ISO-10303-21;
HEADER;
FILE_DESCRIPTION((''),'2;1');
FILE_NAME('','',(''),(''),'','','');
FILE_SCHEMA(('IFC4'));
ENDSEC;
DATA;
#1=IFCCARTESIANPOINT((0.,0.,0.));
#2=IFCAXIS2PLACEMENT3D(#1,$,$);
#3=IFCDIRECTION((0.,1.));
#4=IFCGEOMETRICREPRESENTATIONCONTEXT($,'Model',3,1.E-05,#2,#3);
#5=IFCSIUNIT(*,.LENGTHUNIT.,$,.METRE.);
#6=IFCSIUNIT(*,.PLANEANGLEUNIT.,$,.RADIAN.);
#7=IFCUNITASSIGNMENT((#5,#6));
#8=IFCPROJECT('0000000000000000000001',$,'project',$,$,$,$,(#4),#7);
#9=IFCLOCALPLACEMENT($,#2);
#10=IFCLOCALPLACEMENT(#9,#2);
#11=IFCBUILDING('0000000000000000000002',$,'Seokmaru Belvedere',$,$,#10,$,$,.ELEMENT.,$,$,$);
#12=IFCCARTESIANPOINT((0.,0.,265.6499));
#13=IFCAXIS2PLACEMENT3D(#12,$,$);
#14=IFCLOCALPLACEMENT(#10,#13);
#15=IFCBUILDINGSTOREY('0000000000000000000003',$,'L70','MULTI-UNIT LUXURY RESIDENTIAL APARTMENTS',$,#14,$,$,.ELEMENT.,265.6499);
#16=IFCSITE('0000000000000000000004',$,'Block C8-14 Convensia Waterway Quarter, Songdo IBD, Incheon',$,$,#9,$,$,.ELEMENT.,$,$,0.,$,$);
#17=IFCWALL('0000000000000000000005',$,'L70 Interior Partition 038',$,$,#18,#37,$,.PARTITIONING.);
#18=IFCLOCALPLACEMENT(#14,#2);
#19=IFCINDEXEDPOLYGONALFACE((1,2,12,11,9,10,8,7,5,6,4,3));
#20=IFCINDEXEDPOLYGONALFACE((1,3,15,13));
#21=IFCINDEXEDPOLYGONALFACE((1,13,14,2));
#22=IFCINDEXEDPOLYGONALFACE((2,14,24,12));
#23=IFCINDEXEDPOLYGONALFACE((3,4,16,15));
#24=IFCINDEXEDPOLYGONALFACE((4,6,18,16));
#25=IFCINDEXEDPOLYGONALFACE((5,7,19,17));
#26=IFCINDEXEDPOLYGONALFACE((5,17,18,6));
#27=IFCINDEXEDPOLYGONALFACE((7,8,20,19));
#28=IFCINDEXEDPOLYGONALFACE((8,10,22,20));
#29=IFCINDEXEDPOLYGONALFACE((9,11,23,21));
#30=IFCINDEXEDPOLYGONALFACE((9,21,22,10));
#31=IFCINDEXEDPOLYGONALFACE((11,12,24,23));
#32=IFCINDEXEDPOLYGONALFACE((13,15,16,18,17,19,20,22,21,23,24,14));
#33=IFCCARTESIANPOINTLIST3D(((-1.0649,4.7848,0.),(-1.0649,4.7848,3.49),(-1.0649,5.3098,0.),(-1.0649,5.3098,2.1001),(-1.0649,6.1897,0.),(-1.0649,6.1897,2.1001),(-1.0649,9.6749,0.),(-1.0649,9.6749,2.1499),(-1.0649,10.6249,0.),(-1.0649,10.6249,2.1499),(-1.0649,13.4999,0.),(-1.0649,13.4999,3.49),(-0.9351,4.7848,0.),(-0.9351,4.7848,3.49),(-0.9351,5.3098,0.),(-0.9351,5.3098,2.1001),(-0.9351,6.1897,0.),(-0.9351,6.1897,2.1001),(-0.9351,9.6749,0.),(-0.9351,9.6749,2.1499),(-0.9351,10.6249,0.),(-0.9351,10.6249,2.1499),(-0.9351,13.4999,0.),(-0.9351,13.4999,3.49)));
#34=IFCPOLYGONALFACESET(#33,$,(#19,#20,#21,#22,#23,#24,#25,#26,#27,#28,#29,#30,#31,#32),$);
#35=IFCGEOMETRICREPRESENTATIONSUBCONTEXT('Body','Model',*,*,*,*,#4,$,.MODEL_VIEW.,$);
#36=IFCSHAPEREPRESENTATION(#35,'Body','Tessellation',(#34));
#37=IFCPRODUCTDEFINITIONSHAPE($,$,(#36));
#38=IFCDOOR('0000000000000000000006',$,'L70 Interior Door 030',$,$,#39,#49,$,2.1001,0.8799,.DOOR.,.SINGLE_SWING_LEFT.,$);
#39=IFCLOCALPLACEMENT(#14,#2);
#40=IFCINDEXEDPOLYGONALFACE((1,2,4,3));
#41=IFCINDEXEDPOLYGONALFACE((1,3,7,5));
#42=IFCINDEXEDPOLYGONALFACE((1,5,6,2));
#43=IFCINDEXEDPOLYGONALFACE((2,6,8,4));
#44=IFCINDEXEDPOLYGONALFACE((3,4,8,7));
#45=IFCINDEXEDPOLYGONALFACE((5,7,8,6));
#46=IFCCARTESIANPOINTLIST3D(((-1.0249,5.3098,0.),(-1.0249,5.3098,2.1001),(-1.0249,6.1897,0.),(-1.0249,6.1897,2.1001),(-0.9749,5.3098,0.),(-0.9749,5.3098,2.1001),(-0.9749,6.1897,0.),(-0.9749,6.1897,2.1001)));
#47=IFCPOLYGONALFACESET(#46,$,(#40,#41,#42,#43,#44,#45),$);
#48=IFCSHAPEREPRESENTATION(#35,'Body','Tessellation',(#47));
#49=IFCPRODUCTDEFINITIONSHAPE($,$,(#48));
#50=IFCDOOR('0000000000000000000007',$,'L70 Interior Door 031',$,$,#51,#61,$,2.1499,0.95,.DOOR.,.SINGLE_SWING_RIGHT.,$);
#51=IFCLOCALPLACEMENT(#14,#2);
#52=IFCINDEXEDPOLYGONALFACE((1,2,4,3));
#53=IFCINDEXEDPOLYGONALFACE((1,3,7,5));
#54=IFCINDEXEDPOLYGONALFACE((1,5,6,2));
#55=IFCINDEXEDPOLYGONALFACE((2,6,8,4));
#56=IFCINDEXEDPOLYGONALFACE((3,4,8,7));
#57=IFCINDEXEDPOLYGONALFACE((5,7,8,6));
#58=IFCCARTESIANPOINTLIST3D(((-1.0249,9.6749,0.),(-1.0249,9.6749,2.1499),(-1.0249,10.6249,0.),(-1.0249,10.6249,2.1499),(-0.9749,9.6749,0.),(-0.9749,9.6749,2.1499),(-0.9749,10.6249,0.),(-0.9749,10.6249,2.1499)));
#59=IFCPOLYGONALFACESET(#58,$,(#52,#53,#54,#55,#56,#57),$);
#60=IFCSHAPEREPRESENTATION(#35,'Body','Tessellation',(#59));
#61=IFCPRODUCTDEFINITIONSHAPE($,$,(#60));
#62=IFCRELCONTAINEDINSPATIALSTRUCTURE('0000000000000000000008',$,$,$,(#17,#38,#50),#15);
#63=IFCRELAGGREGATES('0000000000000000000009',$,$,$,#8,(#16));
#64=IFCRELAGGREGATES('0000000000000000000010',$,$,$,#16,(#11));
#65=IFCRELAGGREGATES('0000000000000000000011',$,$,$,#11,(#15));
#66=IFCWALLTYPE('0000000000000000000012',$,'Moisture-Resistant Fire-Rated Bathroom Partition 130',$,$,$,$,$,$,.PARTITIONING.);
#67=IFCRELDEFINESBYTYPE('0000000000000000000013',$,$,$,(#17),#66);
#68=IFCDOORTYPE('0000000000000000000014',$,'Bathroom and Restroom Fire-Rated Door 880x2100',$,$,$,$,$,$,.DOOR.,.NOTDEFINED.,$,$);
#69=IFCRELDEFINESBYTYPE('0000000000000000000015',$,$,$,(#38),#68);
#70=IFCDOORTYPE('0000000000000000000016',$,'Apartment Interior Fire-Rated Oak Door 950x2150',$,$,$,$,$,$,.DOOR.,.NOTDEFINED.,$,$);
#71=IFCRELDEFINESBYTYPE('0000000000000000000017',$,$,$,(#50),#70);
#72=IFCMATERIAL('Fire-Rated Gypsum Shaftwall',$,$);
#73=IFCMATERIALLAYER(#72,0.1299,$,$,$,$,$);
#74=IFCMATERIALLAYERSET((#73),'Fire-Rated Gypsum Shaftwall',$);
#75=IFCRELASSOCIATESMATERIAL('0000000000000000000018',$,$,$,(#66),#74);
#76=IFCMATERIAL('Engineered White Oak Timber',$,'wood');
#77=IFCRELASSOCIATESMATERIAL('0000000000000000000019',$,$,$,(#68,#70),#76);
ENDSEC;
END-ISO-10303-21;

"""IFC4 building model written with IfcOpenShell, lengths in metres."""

from ifc_helpers import new_model, si_unit, direction, frame, frame_2d, origin, place, context, subcontext, project, spatial, rectangle, extrude, source, transform, mapped, material, layer, layer_set, type_object, type_shapes, element, fill, save


model = new_model("IFC4")

# Units and contexts
model_context = context("Model", 3, precision=1e-05, world=origin(), true_north=direction((0.0, 1.0)))
body_context = subcontext(model_context, "Body", "Model", "MODEL_VIEW")
ifc_project = project(units=[si_unit("LENGTHUNIT", "METRE"), si_unit("PLANEANGLEUNIT", "RADIAN")], contexts=[model_context])

# Site, building, storey
site_placement = place(None, origin())
site = spatial("IfcSite", under=ifc_project, at=site_placement, Name="Block C8-14 Convensia Waterway Quarter, Songdo IBD, Incheon", CompositionType="ELEMENT", RefElevation=0.0)
building_placement = place(site_placement, origin())
building = spatial("IfcBuilding", under=site, at=building_placement, Name="Seokmaru Belvedere", CompositionType="ELEMENT")
storey_placement = place(building_placement, frame((0.0, 0.0, 265.6499)))
storey = spatial("IfcBuildingStorey", under=building, at=storey_placement, Name="L70", Description="MULTI-UNIT LUXURY RESIDENTIAL APARTMENTS", CompositionType="ELEMENT", Elevation=265.6499)

# Shared definitions
ifc_material_1 = material(Name="Fire-Rated Gypsum Shaftwall")
ifc_layer_1 = layer(ifc_material_1, 0.1299)
ifc_layer_set_1 = layer_set([ifc_layer_1], Name="Fire-Rated Gypsum Shaftwall")
wall_type_1 = type_object("IfcWallType", Name="Moisture-Resistant Fire-Rated Bathroom Partition 130", PredefinedType="PARTITIONING", material=ifc_layer_set_1)

# Wall, openings, doors
wall_1_placement = place(storey_placement, frame((-1.0, 4.7849, 0.0), z_axis=(0.0, 0.0, 1.0), x_axis=(0.0, 1.0, 0.0)))
wall_1 = element("IfcWall", 1, at=wall_1_placement, inside=storey, type_object=wall_type_1, Name="L70 Interior Partition 038", PredefinedType="PARTITIONING", context=body_context, shape_type="SweptSolid", body=[
    extrude(rectangle(XDim=8.7151, YDim=0.1299, at=frame_2d((4.3574, 0.0))), origin(), (0.0, 0.0, 1.0), 3.49),
])
opening_1_placement = place(wall_1_placement, frame((0.5249, 0.0, 0.0)))
opening_1 = element("IfcOpeningElement", 2, at=opening_1_placement, cuts=wall_1, PredefinedType="OPENING", context=body_context, shape_type="SweptSolid", body=[
    extrude(rectangle(XDim=0.8799, YDim=2.1001, at=frame_2d((0.4399, 1.05))), frame((0.0, 0.075, 0.0), z_axis=(0.0, -1.0, 0.0), x_axis=(1.0, 0.0, 0.0)), (0.0, 0.0, 1.0), 0.1499),
])
opening_2_placement = place(wall_1_placement, frame((4.8899, 0.0, 0.0)))
opening_2 = element("IfcOpeningElement", 3, at=opening_2_placement, cuts=wall_1, PredefinedType="OPENING", context=body_context, shape_type="SweptSolid", body=[
    extrude(rectangle(XDim=0.95, YDim=2.1499, at=frame_2d((0.4751, 1.075))), frame((0.0, 0.075, 0.0), z_axis=(0.0, -1.0, 0.0), x_axis=(1.0, 0.0, 0.0)), (0.0, 0.0, 1.0), 0.1499),
])
ifc_material_2 = material(Name="Engineered White Oak Timber", Category="wood")
door_type_1 = type_object("IfcDoorType", Name="Bathroom and Restroom Fire-Rated Door 880x2100", OperationType="NOTDEFINED", PredefinedType="DOOR", material=ifc_material_2)
shared_shape_1 = source(origin(), body_context, "Body", "SweptSolid", [
    extrude(rectangle(XDim=0.8799, YDim=2.1001, at=frame_2d((0.4399, 1.05))), frame((0.0, 0.0249, 0.0), z_axis=(0.0, -1.0, 0.0), x_axis=(1.0, 0.0, 0.0)), (0.0, 0.0, 1.0), 0.05),
])
type_shapes(door_type_1, [shared_shape_1])
door_1_placement = place(opening_1_placement, origin())
door_1 = element("IfcDoor", 4, at=door_1_placement, inside=storey, type_object=door_type_1, Name="L70 Interior Door 030", OperationType="SINGLE_SWING_LEFT", OverallHeight=2.1001, OverallWidth=0.8799, PredefinedType="DOOR", context=body_context, shape_type="MappedRepresentation", body=[
    mapped(shared_shape_1, transform((0.0, 0.0, 0.0), scale=1.0)),
])
fill(opening_1, door_1)
door_type_2 = type_object("IfcDoorType", Name="Apartment Interior Fire-Rated Oak Door 950x2150", OperationType="NOTDEFINED", PredefinedType="DOOR", material=ifc_material_2)
shared_shape_2 = source(origin(), body_context, "Body", "SweptSolid", [
    extrude(rectangle(XDim=0.95, YDim=2.1499, at=frame_2d((0.4751, 1.075))), frame((0.0, 0.0249, 0.0), z_axis=(0.0, -1.0, 0.0), x_axis=(1.0, 0.0, 0.0)), (0.0, 0.0, 1.0), 0.05),
])
type_shapes(door_type_2, [shared_shape_2])
door_2_placement = place(opening_2_placement, origin())
door_2 = element("IfcDoor", 5, at=door_2_placement, inside=storey, type_object=door_type_2, Name="L70 Interior Door 031", OperationType="SINGLE_SWING_RIGHT", OverallHeight=2.1499, OverallWidth=0.95, PredefinedType="DOOR", context=body_context, shape_type="MappedRepresentation", body=[
    mapped(shared_shape_2, transform((0.0, 0.0, 0.0), scale=1.0)),
])
fill(opening_2, door_2)

save(model, "model.ifc")
